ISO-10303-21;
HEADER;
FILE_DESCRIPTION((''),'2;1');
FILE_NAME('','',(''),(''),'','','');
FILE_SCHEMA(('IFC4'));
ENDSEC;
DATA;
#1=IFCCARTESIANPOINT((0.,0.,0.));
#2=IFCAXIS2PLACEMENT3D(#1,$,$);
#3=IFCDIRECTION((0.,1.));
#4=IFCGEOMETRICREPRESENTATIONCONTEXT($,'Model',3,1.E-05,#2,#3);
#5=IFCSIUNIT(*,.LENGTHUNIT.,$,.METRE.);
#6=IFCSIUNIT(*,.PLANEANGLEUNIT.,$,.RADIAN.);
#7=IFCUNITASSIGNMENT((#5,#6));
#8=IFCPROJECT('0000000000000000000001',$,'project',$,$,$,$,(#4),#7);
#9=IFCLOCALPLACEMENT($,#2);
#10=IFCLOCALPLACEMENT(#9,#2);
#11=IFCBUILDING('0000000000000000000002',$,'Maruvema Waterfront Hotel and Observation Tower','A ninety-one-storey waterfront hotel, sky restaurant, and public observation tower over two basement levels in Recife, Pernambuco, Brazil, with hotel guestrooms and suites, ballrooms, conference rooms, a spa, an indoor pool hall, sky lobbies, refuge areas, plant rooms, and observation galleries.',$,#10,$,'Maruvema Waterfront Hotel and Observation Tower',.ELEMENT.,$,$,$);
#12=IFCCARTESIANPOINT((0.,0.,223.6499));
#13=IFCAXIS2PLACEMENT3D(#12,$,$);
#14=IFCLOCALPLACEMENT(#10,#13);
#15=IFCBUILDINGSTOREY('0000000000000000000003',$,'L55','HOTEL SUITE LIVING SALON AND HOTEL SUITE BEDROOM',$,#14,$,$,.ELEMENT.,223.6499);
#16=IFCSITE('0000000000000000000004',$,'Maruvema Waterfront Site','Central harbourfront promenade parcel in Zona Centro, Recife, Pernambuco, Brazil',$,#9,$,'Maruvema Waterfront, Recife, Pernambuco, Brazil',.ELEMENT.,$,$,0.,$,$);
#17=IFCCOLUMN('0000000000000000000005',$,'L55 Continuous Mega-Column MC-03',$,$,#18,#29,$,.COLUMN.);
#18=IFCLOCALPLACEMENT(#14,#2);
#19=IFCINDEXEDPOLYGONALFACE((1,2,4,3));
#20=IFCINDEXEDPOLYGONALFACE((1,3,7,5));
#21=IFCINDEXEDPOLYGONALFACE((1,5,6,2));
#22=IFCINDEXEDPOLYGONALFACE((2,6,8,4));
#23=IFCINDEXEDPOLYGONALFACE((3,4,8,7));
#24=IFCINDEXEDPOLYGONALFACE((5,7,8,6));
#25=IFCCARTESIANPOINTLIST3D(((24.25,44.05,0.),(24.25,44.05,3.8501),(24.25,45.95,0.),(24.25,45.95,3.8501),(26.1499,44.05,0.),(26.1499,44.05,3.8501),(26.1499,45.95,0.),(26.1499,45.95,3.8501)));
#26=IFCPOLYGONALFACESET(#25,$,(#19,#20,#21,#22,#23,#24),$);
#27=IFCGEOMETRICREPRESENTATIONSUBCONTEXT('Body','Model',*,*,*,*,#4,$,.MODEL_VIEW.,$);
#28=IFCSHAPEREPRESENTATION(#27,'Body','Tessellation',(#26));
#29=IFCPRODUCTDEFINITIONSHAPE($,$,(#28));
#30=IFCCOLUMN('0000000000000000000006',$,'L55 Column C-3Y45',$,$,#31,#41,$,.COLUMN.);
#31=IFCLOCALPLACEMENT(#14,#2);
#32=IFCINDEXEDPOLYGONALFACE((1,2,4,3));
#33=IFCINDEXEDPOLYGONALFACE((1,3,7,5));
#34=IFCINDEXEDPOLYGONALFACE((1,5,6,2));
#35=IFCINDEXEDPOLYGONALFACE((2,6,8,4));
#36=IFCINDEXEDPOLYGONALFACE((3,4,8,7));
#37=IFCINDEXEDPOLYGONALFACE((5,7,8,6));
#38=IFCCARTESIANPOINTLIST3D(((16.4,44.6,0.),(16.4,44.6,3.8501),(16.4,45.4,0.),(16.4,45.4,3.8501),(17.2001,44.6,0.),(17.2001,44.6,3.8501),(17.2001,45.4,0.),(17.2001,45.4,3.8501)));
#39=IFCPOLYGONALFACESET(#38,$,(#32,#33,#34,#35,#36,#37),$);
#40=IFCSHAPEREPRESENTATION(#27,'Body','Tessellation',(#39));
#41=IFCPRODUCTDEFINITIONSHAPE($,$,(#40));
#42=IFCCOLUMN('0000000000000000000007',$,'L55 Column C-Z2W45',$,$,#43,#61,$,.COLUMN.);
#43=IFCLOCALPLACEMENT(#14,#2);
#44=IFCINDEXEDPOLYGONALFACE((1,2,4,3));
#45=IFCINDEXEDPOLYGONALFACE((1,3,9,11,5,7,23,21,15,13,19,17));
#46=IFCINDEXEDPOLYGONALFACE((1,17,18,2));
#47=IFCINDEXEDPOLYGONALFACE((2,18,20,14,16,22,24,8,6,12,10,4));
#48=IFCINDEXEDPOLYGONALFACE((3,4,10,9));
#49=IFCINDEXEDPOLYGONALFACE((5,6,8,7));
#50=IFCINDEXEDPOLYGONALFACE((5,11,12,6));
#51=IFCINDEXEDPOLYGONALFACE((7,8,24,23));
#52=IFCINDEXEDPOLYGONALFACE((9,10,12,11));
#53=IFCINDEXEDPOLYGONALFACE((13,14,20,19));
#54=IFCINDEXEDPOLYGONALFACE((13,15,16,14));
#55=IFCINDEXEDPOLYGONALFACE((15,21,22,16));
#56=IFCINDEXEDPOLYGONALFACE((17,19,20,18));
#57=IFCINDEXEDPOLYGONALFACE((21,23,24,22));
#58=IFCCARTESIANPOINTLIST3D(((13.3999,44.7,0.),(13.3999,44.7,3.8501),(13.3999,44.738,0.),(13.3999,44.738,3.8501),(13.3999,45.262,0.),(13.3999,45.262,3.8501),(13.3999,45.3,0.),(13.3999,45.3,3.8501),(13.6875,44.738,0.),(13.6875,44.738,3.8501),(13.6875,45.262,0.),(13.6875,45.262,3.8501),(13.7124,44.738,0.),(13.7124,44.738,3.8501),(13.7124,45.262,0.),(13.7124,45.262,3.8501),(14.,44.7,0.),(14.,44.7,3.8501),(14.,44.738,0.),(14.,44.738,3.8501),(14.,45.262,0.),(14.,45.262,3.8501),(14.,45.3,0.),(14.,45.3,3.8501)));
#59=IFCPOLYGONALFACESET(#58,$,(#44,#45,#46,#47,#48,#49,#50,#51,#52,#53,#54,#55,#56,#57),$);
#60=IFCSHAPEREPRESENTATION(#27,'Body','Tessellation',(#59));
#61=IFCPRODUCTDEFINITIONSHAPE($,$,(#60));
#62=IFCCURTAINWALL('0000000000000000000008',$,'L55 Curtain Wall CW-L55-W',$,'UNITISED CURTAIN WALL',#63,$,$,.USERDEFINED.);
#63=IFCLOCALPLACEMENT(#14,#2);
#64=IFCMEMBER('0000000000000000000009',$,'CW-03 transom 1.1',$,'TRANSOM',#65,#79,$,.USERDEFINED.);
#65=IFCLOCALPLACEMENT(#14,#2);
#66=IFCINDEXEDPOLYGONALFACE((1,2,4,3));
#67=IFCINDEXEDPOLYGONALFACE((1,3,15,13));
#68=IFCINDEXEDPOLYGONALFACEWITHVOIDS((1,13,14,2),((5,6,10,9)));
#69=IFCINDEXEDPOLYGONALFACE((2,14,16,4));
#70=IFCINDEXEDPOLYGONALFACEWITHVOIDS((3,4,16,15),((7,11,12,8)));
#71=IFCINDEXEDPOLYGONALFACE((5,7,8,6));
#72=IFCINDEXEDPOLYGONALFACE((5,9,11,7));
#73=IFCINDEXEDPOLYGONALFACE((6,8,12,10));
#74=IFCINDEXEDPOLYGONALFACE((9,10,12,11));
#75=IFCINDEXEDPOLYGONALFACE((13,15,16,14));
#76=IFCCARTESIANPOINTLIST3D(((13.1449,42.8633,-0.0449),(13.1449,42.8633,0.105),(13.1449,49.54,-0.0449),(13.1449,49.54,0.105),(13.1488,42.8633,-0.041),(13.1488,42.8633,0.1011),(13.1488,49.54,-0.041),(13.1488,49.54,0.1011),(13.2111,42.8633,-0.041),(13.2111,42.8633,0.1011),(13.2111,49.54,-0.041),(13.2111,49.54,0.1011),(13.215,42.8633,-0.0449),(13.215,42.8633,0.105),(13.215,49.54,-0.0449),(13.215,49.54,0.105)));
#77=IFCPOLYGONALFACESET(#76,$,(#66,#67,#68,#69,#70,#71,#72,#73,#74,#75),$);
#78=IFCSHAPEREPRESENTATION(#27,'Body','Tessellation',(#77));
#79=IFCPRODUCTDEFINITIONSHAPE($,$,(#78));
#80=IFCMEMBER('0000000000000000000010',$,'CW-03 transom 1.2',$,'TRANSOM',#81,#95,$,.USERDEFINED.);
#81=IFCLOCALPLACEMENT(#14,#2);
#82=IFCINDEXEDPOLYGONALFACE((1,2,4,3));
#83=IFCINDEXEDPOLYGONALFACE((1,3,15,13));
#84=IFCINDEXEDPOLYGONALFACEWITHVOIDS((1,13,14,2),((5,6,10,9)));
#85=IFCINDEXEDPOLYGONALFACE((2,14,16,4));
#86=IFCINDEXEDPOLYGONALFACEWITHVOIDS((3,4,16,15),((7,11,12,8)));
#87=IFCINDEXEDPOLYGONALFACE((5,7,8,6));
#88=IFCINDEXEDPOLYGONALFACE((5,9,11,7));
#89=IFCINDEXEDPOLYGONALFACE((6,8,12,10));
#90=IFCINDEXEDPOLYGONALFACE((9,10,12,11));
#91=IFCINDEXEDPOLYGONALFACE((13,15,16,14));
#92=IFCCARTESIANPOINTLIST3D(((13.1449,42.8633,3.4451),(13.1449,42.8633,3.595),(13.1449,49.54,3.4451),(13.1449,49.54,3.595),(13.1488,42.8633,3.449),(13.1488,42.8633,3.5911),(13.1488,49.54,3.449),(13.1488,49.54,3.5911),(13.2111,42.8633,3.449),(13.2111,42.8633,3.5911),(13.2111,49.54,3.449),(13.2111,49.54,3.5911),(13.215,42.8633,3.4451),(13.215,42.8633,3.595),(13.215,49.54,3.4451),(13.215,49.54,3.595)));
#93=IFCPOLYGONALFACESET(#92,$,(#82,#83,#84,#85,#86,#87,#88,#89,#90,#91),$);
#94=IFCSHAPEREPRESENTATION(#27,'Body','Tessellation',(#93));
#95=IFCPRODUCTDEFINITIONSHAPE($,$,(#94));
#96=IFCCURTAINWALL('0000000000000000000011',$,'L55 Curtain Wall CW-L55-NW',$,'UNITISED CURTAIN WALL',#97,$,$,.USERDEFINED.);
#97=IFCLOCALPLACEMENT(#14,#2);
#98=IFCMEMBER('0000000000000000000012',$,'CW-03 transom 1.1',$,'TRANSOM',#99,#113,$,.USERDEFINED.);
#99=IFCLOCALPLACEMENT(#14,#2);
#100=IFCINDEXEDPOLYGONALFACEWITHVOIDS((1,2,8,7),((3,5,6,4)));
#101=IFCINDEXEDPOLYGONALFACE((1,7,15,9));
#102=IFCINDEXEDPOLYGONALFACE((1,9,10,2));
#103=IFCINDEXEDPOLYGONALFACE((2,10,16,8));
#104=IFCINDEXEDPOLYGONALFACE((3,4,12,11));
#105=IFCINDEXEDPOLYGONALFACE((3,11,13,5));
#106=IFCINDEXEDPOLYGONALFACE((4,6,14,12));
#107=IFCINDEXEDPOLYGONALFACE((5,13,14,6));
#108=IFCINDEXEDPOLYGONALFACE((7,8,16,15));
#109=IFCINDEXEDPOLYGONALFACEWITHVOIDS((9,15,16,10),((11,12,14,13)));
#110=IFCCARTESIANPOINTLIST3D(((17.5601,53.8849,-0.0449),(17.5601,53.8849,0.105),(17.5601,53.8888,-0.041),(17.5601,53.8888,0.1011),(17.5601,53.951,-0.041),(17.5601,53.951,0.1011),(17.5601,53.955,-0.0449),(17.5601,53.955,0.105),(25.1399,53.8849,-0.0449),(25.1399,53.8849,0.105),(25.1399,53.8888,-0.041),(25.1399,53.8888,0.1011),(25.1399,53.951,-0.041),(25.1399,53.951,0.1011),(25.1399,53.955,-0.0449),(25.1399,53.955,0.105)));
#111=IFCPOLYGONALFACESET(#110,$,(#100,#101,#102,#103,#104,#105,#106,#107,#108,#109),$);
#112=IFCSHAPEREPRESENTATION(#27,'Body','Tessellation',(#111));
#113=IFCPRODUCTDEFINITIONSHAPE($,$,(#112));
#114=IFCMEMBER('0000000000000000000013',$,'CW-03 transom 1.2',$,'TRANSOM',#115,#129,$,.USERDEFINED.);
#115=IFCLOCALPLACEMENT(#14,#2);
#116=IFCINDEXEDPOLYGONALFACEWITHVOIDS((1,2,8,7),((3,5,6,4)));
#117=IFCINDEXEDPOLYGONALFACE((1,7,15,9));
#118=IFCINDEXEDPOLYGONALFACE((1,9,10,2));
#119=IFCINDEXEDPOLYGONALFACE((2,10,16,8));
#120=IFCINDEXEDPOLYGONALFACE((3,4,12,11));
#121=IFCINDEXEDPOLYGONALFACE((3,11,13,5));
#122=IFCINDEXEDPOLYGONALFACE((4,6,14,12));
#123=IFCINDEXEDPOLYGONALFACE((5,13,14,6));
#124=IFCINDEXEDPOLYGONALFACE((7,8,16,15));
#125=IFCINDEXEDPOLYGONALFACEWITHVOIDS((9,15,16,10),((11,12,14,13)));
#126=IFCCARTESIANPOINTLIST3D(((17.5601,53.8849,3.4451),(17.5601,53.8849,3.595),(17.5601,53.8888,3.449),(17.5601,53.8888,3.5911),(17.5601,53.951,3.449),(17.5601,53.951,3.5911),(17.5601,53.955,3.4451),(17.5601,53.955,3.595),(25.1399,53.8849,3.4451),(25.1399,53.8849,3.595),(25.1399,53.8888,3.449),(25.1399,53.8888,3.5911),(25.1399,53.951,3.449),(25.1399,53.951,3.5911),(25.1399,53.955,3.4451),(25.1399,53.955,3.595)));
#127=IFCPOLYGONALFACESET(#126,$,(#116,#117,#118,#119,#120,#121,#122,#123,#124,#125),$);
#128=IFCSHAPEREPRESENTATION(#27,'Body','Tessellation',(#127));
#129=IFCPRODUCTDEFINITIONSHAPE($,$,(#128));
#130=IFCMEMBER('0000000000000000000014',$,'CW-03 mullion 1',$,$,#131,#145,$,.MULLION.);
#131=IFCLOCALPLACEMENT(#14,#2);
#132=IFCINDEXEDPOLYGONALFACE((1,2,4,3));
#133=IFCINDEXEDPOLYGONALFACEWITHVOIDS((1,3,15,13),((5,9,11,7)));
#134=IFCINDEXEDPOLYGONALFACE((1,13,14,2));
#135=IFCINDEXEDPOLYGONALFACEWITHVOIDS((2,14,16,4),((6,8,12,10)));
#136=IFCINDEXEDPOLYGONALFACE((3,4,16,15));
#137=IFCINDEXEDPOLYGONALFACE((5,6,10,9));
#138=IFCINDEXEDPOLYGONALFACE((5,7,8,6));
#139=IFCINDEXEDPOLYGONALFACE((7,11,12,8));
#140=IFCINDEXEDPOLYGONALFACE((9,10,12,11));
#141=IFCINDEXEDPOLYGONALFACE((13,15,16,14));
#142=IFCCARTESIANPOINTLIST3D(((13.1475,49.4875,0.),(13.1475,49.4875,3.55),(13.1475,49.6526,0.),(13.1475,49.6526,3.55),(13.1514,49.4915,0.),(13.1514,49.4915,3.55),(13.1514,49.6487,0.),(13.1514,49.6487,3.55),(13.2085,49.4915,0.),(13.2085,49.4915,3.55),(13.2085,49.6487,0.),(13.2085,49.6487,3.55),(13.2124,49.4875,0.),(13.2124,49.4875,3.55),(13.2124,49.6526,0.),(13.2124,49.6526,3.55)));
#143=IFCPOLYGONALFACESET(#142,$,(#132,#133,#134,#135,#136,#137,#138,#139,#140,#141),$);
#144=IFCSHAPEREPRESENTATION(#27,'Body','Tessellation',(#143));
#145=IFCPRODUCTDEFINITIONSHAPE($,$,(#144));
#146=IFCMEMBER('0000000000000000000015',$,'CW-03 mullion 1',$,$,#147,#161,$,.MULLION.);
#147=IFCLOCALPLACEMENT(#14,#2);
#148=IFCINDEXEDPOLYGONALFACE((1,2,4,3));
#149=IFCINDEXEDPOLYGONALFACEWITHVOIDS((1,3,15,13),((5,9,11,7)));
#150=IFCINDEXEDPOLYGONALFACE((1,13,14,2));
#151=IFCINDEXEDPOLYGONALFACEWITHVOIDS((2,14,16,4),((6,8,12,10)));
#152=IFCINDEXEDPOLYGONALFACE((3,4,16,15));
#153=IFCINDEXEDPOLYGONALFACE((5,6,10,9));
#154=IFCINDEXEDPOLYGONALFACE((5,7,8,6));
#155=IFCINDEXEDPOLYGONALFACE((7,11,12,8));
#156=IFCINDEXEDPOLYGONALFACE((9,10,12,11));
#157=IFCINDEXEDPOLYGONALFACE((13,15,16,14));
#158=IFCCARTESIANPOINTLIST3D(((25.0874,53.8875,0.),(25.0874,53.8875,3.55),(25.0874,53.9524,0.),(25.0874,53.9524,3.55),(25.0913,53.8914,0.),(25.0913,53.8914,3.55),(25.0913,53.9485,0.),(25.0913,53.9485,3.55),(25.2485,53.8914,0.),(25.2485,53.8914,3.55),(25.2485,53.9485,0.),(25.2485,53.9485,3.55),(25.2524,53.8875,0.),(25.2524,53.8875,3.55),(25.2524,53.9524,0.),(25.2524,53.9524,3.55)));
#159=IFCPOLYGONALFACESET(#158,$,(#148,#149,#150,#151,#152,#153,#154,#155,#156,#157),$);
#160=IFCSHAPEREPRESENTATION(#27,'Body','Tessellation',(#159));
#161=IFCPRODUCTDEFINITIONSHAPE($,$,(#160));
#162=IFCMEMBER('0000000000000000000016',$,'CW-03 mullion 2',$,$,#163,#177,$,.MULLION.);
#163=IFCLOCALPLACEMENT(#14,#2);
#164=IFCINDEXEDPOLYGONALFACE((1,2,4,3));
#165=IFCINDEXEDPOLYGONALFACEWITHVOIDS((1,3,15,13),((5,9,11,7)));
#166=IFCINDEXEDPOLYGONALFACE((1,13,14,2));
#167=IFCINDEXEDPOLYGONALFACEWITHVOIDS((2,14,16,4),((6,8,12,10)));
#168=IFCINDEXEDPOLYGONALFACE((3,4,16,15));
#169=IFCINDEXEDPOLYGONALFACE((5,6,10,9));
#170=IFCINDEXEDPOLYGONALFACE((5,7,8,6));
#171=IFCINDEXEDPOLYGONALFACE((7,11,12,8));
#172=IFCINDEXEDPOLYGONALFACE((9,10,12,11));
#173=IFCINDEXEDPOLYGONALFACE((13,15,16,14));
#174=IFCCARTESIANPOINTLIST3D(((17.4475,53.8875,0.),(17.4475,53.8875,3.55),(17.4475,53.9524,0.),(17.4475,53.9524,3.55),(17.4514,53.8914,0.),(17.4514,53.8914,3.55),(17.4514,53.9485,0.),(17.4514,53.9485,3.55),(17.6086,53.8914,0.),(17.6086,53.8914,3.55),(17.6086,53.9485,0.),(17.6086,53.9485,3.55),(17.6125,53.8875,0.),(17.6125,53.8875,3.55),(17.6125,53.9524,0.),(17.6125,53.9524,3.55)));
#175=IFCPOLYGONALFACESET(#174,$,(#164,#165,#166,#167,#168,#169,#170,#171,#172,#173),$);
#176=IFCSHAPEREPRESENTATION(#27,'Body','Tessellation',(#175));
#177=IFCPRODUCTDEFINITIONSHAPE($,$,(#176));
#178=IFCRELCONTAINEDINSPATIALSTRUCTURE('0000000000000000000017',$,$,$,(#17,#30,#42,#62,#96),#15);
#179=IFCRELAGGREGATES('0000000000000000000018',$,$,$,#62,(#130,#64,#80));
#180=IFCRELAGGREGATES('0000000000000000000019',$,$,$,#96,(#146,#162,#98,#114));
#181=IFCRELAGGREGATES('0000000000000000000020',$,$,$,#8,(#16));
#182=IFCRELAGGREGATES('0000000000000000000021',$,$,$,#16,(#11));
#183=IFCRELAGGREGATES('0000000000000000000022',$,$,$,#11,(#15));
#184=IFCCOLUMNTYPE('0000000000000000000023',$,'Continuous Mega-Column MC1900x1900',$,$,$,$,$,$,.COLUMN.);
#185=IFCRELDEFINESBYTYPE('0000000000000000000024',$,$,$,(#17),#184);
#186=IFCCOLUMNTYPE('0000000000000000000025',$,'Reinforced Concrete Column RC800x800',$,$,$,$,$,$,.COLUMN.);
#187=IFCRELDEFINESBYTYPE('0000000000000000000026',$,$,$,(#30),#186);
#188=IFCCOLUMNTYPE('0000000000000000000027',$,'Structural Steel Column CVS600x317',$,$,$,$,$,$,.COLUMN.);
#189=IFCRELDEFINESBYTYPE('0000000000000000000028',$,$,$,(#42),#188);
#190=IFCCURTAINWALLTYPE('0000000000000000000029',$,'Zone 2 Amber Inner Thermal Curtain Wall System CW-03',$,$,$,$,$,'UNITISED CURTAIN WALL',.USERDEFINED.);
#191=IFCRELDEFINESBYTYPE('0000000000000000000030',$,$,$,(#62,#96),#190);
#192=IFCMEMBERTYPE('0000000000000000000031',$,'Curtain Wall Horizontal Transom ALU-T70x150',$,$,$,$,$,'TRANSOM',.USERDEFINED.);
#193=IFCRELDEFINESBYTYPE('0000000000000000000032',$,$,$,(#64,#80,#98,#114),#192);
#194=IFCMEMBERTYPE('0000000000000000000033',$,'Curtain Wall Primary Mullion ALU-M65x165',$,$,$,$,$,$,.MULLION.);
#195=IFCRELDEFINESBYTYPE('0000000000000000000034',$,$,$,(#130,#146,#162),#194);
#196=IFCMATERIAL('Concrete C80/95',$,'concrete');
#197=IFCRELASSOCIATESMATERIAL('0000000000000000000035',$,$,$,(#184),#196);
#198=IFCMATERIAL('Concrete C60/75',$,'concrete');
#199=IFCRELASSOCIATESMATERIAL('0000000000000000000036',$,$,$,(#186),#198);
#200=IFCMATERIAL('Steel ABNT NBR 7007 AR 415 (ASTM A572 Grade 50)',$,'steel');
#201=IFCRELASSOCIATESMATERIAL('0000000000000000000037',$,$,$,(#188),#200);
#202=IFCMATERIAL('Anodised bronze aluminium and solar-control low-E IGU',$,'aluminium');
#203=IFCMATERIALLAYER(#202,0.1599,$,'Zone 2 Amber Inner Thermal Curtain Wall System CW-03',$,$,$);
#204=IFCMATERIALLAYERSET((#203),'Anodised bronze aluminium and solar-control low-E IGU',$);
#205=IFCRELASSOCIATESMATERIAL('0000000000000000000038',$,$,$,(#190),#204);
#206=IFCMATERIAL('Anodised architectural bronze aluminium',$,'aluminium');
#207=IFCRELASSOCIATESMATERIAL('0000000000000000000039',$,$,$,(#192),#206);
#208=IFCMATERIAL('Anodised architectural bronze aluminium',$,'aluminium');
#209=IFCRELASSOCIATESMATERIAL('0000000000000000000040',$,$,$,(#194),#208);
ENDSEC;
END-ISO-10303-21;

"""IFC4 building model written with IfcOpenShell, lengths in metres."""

from ifc_helpers import new_model, si_unit, direction, frame, origin, origin_2d, place, context, subcontext, project, spatial, rectangle, hollow_rectangle, i_section, extrude, material, layer, layer_set, material_profile, profile_set, type_object, element, aggregate, save


model = new_model("IFC4")

# Units and contexts
model_context = context("Model", 3, precision=1e-05, world=origin(), true_north=direction((0.0, 1.0)))
body_context = subcontext(model_context, "Body", "Model", "MODEL_VIEW")
ifc_project = project(units=[si_unit("LENGTHUNIT", "METRE"), si_unit("PLANEANGLEUNIT", "RADIAN")], contexts=[model_context])

# Site, building, storey
site_placement = place(None, origin())
site = spatial("IfcSite", under=ifc_project, at=site_placement, Name="Maruvema Waterfront Site", Description="Central harbourfront promenade parcel in Zona Centro, Recife, Pernambuco, Brazil", LongName="Maruvema Waterfront, Recife, Pernambuco, Brazil", CompositionType="ELEMENT", RefElevation=0.0)
building_placement = place(site_placement, origin())
building = spatial("IfcBuilding", under=site, at=building_placement, Name="Maruvema Waterfront Hotel and Observation Tower", Description="A ninety-one-storey waterfront hotel, sky restaurant, and public observation tower over two basement levels in Recife, Pernambuco, Brazil, with hotel guestrooms and suites, ballrooms, conference rooms, a spa, an indoor pool hall, sky lobbies, refuge areas, plant rooms, and observation galleries.", LongName="Maruvema Waterfront Hotel and Observation Tower", CompositionType="ELEMENT")
storey_placement = place(building_placement, frame((0.0, 0.0, 223.6499)))
storey = spatial("IfcBuildingStorey", under=building, at=storey_placement, Name="L55", Description="HOTEL SUITE LIVING SALON AND HOTEL SUITE BEDROOM", CompositionType="ELEMENT", Elevation=223.6499)

# Columns
ifc_material_1 = material(Name="Concrete C80/95", Category="concrete")
ifc_material_profile_1 = material_profile(ifc_material_1, rectangle(XDim=1.8999, YDim=1.8999, at=origin_2d()), Name="MC1900x1900")
ifc_profile_set_1 = profile_set([ifc_material_profile_1], Name="Concrete C80/95")
column_type_1 = type_object("IfcColumnType", Name="Continuous Mega-Column MC1900x1900", PredefinedType="COLUMN", material=ifc_profile_set_1)
column_1_placement = place(storey_placement, frame((25.2, 45.0, 0.0), z_axis=(0.0, 0.0, 1.0), x_axis=(1.0, 0.0, 0.0)))
element("IfcColumn", 1, at=column_1_placement, inside=storey, type_object=column_type_1, Name="L55 Continuous Mega-Column MC-03", PredefinedType="COLUMN", context=body_context, shape_type="SweptSolid", body=[
    extrude(rectangle(XDim=1.8999, YDim=1.8999, at=origin_2d()), origin(), (0.0, 0.0, 1.0), 3.8501),
])
ifc_material_2 = material(Name="Concrete C60/75", Category="concrete")
ifc_material_profile_2 = material_profile(ifc_material_2, rectangle(XDim=0.8, YDim=0.8, at=origin_2d()), Name="RC800x800")
ifc_profile_set_2 = profile_set([ifc_material_profile_2], Name="Concrete C60/75")
column_type_2 = type_object("IfcColumnType", Name="Reinforced Concrete Column RC800x800", PredefinedType="COLUMN", material=ifc_profile_set_2)
column_2_placement = place(storey_placement, frame((16.8, 45.0, 0.0), z_axis=(0.0, 0.0, 1.0), x_axis=(1.0, 0.0, 0.0)))
element("IfcColumn", 2, at=column_2_placement, inside=storey, type_object=column_type_2, Name="L55 Column C-3Y45", PredefinedType="COLUMN", context=body_context, shape_type="SweptSolid", body=[
    extrude(rectangle(XDim=0.8, YDim=0.8, at=origin_2d()), origin(), (0.0, 0.0, 1.0), 3.8501),
])
ifc_material_3 = material(Name="Steel ABNT NBR 7007 AR 415 (ASTM A572 Grade 50)", Category="steel")
ifc_material_profile_3 = material_profile(ifc_material_3, i_section(OverallWidth=0.6001, OverallDepth=0.6001, WebThickness=0.0249, FlangeThickness=0.0381, at=origin_2d()), Name="CVS600x317")
ifc_profile_set_3 = profile_set([ifc_material_profile_3], Name="Steel ABNT NBR 7007 AR 415 (ASTM A572 Grade 50)")
column_type_3 = type_object("IfcColumnType", Name="Structural Steel Column CVS600x317", PredefinedType="COLUMN", material=ifc_profile_set_3)
column_3_placement = place(storey_placement, frame((13.7, 45.0, 0.0), z_axis=(0.0, 0.0, 1.0), x_axis=(1.0, 0.0, 0.0)))
element("IfcColumn", 3, at=column_3_placement, inside=storey, type_object=column_type_3, Name="L55 Column C-Z2W45", PredefinedType="COLUMN", context=body_context, shape_type="SweptSolid", body=[
    extrude(i_section(OverallWidth=0.6001, OverallDepth=0.6001, WebThickness=0.0249, FlangeThickness=0.0381, at=origin_2d()), origin(), (0.0, 0.0, 1.0), 3.8501),
])

# Curtain walls, members
ifc_material_4 = material(Name="Anodised bronze aluminium and solar-control low-E IGU", Category="aluminium")
ifc_layer_1 = layer(ifc_material_4, 0.1599, Name="Zone 2 Amber Inner Thermal Curtain Wall System CW-03")
ifc_layer_set_1 = layer_set([ifc_layer_1], Name="Anodised bronze aluminium and solar-control low-E IGU")
curtain_wall_type = type_object("IfcCurtainWallType", Name="Zone 2 Amber Inner Thermal Curtain Wall System CW-03", ElementType="UNITISED CURTAIN WALL", PredefinedType="USERDEFINED", material=ifc_layer_set_1)
curtain_wall_1_placement = place(storey_placement, origin())
curtain_wall_1 = element("IfcCurtainWall", 4, at=curtain_wall_1_placement, inside=storey, type_object=curtain_wall_type, Name="L55 Curtain Wall CW-L55-W", ObjectType="UNITISED CURTAIN WALL", PredefinedType="USERDEFINED")
ifc_material_5 = material(Name="Anodised architectural bronze aluminium", Category="aluminium")
ifc_material_profile_4 = material_profile(ifc_material_5, hollow_rectangle(XDim=0.0701, YDim=0.1499, WallThickness=0.0039, at=origin_2d()), Name="ALU-T70x150")
ifc_profile_set_4 = profile_set([ifc_material_profile_4], Name="Anodised architectural bronze aluminium")
member_type_1 = type_object("IfcMemberType", Name="Curtain Wall Horizontal Transom ALU-T70x150", ElementType="TRANSOM", PredefinedType="USERDEFINED", material=ifc_profile_set_4)
member_1_placement = place(storey_placement, frame((13.1799, 49.54, 0.03), z_axis=(0.0, -1.0, 0.0), x_axis=(1.0, 0.0, 0.0)))
member_1 = element("IfcMember", 5, at=member_1_placement, type_object=member_type_1, Name="CW-03 transom 1.1", ObjectType="TRANSOM", PredefinedType="USERDEFINED", context=body_context, shape_type="SweptSolid", body=[
    extrude(hollow_rectangle(XDim=0.0701, YDim=0.1499, WallThickness=0.0039, at=origin_2d()), origin(), (0.0, 0.0, 1.0), 6.6768),
])
member_2_placement = place(storey_placement, frame((13.1799, 49.54, 3.52), z_axis=(0.0, -1.0, 0.0), x_axis=(1.0, 0.0, 0.0)))
member_2 = element("IfcMember", 6, at=member_2_placement, type_object=member_type_1, Name="CW-03 transom 1.2", ObjectType="TRANSOM", PredefinedType="USERDEFINED", context=body_context, shape_type="SweptSolid", body=[
    extrude(hollow_rectangle(XDim=0.0701, YDim=0.1499, WallThickness=0.0039, at=origin_2d()), origin(), (0.0, 0.0, 1.0), 6.6768),
])
curtain_wall_2_placement = place(storey_placement, origin())
curtain_wall_2 = element("IfcCurtainWall", 7, at=curtain_wall_2_placement, inside=storey, type_object=curtain_wall_type, Name="L55 Curtain Wall CW-L55-NW", ObjectType="UNITISED CURTAIN WALL", PredefinedType="USERDEFINED")
member_3_placement = place(storey_placement, frame((25.1399, 53.9199, 0.03), z_axis=(-1.0, 0.0, 0.0), x_axis=(0.0, -1.0, 0.0)))
member_3 = element("IfcMember", 8, at=member_3_placement, type_object=member_type_1, Name="CW-03 transom 1.1", ObjectType="TRANSOM", PredefinedType="USERDEFINED", context=body_context, shape_type="SweptSolid", body=[
    extrude(hollow_rectangle(XDim=0.0701, YDim=0.1499, WallThickness=0.0039, at=origin_2d()), origin(), (0.0, 0.0, 1.0), 7.5798),
])
member_4_placement = place(storey_placement, frame((25.1399, 53.9199, 3.52), z_axis=(-1.0, 0.0, 0.0), x_axis=(0.0, -1.0, 0.0)))
member_4 = element("IfcMember", 9, at=member_4_placement, type_object=member_type_1, Name="CW-03 transom 1.2", ObjectType="TRANSOM", PredefinedType="USERDEFINED", context=body_context, shape_type="SweptSolid", body=[
    extrude(hollow_rectangle(XDim=0.0701, YDim=0.1499, WallThickness=0.0039, at=origin_2d()), origin(), (0.0, 0.0, 1.0), 7.5798),
])

# Members
ifc_material_6 = material(Name="Anodised architectural bronze aluminium", Category="aluminium")
ifc_material_profile_5 = material_profile(ifc_material_6, hollow_rectangle(XDim=0.0649, YDim=0.165, WallThickness=0.0039, at=origin_2d()), Name="ALU-M65x165")
ifc_profile_set_5 = profile_set([ifc_material_profile_5], Name="Anodised architectural bronze aluminium")
member_type_2 = type_object("IfcMemberType", Name="Curtain Wall Primary Mullion ALU-M65x165", PredefinedType="MULLION", material=ifc_profile_set_5)
member_5_placement = place(storey_placement, frame((13.1799, 49.5701, 0.0), z_axis=(0.0, 0.0, 1.0), x_axis=(1.0, 0.0, 0.0)))
member_5 = element("IfcMember", 10, at=member_5_placement, type_object=member_type_2, Name="CW-03 mullion 1", PredefinedType="MULLION", context=body_context, shape_type="SweptSolid", body=[
    extrude(hollow_rectangle(XDim=0.0649, YDim=0.165, WallThickness=0.0039, at=origin_2d()), origin(), (0.0, 0.0, 1.0), 3.55),
])
member_6_placement = place(storey_placement, frame((25.1699, 53.9199, 0.0), z_axis=(0.0, 0.0, 1.0), x_axis=(0.0, -1.0, 0.0)))
member_6 = element("IfcMember", 11, at=member_6_placement, type_object=member_type_2, Name="CW-03 mullion 1", PredefinedType="MULLION", context=body_context, shape_type="SweptSolid", body=[
    extrude(hollow_rectangle(XDim=0.0649, YDim=0.165, WallThickness=0.0039, at=origin_2d()), origin(), (0.0, 0.0, 1.0), 3.55),
])
member_7_placement = place(storey_placement, frame((17.53, 53.9199, 0.0), z_axis=(0.0, 0.0, 1.0), x_axis=(0.0, -1.0, 0.0)))
member_7 = element("IfcMember", 12, at=member_7_placement, type_object=member_type_2, Name="CW-03 mullion 2", PredefinedType="MULLION", context=body_context, shape_type="SweptSolid", body=[
    extrude(hollow_rectangle(XDim=0.0649, YDim=0.165, WallThickness=0.0039, at=origin_2d()), origin(), (0.0, 0.0, 1.0), 3.55),
])

aggregate(curtain_wall_1, [member_5, member_1, member_2])
aggregate(curtain_wall_2, [member_6, member_7, member_3, member_4])

save(model, "model.ifc")
